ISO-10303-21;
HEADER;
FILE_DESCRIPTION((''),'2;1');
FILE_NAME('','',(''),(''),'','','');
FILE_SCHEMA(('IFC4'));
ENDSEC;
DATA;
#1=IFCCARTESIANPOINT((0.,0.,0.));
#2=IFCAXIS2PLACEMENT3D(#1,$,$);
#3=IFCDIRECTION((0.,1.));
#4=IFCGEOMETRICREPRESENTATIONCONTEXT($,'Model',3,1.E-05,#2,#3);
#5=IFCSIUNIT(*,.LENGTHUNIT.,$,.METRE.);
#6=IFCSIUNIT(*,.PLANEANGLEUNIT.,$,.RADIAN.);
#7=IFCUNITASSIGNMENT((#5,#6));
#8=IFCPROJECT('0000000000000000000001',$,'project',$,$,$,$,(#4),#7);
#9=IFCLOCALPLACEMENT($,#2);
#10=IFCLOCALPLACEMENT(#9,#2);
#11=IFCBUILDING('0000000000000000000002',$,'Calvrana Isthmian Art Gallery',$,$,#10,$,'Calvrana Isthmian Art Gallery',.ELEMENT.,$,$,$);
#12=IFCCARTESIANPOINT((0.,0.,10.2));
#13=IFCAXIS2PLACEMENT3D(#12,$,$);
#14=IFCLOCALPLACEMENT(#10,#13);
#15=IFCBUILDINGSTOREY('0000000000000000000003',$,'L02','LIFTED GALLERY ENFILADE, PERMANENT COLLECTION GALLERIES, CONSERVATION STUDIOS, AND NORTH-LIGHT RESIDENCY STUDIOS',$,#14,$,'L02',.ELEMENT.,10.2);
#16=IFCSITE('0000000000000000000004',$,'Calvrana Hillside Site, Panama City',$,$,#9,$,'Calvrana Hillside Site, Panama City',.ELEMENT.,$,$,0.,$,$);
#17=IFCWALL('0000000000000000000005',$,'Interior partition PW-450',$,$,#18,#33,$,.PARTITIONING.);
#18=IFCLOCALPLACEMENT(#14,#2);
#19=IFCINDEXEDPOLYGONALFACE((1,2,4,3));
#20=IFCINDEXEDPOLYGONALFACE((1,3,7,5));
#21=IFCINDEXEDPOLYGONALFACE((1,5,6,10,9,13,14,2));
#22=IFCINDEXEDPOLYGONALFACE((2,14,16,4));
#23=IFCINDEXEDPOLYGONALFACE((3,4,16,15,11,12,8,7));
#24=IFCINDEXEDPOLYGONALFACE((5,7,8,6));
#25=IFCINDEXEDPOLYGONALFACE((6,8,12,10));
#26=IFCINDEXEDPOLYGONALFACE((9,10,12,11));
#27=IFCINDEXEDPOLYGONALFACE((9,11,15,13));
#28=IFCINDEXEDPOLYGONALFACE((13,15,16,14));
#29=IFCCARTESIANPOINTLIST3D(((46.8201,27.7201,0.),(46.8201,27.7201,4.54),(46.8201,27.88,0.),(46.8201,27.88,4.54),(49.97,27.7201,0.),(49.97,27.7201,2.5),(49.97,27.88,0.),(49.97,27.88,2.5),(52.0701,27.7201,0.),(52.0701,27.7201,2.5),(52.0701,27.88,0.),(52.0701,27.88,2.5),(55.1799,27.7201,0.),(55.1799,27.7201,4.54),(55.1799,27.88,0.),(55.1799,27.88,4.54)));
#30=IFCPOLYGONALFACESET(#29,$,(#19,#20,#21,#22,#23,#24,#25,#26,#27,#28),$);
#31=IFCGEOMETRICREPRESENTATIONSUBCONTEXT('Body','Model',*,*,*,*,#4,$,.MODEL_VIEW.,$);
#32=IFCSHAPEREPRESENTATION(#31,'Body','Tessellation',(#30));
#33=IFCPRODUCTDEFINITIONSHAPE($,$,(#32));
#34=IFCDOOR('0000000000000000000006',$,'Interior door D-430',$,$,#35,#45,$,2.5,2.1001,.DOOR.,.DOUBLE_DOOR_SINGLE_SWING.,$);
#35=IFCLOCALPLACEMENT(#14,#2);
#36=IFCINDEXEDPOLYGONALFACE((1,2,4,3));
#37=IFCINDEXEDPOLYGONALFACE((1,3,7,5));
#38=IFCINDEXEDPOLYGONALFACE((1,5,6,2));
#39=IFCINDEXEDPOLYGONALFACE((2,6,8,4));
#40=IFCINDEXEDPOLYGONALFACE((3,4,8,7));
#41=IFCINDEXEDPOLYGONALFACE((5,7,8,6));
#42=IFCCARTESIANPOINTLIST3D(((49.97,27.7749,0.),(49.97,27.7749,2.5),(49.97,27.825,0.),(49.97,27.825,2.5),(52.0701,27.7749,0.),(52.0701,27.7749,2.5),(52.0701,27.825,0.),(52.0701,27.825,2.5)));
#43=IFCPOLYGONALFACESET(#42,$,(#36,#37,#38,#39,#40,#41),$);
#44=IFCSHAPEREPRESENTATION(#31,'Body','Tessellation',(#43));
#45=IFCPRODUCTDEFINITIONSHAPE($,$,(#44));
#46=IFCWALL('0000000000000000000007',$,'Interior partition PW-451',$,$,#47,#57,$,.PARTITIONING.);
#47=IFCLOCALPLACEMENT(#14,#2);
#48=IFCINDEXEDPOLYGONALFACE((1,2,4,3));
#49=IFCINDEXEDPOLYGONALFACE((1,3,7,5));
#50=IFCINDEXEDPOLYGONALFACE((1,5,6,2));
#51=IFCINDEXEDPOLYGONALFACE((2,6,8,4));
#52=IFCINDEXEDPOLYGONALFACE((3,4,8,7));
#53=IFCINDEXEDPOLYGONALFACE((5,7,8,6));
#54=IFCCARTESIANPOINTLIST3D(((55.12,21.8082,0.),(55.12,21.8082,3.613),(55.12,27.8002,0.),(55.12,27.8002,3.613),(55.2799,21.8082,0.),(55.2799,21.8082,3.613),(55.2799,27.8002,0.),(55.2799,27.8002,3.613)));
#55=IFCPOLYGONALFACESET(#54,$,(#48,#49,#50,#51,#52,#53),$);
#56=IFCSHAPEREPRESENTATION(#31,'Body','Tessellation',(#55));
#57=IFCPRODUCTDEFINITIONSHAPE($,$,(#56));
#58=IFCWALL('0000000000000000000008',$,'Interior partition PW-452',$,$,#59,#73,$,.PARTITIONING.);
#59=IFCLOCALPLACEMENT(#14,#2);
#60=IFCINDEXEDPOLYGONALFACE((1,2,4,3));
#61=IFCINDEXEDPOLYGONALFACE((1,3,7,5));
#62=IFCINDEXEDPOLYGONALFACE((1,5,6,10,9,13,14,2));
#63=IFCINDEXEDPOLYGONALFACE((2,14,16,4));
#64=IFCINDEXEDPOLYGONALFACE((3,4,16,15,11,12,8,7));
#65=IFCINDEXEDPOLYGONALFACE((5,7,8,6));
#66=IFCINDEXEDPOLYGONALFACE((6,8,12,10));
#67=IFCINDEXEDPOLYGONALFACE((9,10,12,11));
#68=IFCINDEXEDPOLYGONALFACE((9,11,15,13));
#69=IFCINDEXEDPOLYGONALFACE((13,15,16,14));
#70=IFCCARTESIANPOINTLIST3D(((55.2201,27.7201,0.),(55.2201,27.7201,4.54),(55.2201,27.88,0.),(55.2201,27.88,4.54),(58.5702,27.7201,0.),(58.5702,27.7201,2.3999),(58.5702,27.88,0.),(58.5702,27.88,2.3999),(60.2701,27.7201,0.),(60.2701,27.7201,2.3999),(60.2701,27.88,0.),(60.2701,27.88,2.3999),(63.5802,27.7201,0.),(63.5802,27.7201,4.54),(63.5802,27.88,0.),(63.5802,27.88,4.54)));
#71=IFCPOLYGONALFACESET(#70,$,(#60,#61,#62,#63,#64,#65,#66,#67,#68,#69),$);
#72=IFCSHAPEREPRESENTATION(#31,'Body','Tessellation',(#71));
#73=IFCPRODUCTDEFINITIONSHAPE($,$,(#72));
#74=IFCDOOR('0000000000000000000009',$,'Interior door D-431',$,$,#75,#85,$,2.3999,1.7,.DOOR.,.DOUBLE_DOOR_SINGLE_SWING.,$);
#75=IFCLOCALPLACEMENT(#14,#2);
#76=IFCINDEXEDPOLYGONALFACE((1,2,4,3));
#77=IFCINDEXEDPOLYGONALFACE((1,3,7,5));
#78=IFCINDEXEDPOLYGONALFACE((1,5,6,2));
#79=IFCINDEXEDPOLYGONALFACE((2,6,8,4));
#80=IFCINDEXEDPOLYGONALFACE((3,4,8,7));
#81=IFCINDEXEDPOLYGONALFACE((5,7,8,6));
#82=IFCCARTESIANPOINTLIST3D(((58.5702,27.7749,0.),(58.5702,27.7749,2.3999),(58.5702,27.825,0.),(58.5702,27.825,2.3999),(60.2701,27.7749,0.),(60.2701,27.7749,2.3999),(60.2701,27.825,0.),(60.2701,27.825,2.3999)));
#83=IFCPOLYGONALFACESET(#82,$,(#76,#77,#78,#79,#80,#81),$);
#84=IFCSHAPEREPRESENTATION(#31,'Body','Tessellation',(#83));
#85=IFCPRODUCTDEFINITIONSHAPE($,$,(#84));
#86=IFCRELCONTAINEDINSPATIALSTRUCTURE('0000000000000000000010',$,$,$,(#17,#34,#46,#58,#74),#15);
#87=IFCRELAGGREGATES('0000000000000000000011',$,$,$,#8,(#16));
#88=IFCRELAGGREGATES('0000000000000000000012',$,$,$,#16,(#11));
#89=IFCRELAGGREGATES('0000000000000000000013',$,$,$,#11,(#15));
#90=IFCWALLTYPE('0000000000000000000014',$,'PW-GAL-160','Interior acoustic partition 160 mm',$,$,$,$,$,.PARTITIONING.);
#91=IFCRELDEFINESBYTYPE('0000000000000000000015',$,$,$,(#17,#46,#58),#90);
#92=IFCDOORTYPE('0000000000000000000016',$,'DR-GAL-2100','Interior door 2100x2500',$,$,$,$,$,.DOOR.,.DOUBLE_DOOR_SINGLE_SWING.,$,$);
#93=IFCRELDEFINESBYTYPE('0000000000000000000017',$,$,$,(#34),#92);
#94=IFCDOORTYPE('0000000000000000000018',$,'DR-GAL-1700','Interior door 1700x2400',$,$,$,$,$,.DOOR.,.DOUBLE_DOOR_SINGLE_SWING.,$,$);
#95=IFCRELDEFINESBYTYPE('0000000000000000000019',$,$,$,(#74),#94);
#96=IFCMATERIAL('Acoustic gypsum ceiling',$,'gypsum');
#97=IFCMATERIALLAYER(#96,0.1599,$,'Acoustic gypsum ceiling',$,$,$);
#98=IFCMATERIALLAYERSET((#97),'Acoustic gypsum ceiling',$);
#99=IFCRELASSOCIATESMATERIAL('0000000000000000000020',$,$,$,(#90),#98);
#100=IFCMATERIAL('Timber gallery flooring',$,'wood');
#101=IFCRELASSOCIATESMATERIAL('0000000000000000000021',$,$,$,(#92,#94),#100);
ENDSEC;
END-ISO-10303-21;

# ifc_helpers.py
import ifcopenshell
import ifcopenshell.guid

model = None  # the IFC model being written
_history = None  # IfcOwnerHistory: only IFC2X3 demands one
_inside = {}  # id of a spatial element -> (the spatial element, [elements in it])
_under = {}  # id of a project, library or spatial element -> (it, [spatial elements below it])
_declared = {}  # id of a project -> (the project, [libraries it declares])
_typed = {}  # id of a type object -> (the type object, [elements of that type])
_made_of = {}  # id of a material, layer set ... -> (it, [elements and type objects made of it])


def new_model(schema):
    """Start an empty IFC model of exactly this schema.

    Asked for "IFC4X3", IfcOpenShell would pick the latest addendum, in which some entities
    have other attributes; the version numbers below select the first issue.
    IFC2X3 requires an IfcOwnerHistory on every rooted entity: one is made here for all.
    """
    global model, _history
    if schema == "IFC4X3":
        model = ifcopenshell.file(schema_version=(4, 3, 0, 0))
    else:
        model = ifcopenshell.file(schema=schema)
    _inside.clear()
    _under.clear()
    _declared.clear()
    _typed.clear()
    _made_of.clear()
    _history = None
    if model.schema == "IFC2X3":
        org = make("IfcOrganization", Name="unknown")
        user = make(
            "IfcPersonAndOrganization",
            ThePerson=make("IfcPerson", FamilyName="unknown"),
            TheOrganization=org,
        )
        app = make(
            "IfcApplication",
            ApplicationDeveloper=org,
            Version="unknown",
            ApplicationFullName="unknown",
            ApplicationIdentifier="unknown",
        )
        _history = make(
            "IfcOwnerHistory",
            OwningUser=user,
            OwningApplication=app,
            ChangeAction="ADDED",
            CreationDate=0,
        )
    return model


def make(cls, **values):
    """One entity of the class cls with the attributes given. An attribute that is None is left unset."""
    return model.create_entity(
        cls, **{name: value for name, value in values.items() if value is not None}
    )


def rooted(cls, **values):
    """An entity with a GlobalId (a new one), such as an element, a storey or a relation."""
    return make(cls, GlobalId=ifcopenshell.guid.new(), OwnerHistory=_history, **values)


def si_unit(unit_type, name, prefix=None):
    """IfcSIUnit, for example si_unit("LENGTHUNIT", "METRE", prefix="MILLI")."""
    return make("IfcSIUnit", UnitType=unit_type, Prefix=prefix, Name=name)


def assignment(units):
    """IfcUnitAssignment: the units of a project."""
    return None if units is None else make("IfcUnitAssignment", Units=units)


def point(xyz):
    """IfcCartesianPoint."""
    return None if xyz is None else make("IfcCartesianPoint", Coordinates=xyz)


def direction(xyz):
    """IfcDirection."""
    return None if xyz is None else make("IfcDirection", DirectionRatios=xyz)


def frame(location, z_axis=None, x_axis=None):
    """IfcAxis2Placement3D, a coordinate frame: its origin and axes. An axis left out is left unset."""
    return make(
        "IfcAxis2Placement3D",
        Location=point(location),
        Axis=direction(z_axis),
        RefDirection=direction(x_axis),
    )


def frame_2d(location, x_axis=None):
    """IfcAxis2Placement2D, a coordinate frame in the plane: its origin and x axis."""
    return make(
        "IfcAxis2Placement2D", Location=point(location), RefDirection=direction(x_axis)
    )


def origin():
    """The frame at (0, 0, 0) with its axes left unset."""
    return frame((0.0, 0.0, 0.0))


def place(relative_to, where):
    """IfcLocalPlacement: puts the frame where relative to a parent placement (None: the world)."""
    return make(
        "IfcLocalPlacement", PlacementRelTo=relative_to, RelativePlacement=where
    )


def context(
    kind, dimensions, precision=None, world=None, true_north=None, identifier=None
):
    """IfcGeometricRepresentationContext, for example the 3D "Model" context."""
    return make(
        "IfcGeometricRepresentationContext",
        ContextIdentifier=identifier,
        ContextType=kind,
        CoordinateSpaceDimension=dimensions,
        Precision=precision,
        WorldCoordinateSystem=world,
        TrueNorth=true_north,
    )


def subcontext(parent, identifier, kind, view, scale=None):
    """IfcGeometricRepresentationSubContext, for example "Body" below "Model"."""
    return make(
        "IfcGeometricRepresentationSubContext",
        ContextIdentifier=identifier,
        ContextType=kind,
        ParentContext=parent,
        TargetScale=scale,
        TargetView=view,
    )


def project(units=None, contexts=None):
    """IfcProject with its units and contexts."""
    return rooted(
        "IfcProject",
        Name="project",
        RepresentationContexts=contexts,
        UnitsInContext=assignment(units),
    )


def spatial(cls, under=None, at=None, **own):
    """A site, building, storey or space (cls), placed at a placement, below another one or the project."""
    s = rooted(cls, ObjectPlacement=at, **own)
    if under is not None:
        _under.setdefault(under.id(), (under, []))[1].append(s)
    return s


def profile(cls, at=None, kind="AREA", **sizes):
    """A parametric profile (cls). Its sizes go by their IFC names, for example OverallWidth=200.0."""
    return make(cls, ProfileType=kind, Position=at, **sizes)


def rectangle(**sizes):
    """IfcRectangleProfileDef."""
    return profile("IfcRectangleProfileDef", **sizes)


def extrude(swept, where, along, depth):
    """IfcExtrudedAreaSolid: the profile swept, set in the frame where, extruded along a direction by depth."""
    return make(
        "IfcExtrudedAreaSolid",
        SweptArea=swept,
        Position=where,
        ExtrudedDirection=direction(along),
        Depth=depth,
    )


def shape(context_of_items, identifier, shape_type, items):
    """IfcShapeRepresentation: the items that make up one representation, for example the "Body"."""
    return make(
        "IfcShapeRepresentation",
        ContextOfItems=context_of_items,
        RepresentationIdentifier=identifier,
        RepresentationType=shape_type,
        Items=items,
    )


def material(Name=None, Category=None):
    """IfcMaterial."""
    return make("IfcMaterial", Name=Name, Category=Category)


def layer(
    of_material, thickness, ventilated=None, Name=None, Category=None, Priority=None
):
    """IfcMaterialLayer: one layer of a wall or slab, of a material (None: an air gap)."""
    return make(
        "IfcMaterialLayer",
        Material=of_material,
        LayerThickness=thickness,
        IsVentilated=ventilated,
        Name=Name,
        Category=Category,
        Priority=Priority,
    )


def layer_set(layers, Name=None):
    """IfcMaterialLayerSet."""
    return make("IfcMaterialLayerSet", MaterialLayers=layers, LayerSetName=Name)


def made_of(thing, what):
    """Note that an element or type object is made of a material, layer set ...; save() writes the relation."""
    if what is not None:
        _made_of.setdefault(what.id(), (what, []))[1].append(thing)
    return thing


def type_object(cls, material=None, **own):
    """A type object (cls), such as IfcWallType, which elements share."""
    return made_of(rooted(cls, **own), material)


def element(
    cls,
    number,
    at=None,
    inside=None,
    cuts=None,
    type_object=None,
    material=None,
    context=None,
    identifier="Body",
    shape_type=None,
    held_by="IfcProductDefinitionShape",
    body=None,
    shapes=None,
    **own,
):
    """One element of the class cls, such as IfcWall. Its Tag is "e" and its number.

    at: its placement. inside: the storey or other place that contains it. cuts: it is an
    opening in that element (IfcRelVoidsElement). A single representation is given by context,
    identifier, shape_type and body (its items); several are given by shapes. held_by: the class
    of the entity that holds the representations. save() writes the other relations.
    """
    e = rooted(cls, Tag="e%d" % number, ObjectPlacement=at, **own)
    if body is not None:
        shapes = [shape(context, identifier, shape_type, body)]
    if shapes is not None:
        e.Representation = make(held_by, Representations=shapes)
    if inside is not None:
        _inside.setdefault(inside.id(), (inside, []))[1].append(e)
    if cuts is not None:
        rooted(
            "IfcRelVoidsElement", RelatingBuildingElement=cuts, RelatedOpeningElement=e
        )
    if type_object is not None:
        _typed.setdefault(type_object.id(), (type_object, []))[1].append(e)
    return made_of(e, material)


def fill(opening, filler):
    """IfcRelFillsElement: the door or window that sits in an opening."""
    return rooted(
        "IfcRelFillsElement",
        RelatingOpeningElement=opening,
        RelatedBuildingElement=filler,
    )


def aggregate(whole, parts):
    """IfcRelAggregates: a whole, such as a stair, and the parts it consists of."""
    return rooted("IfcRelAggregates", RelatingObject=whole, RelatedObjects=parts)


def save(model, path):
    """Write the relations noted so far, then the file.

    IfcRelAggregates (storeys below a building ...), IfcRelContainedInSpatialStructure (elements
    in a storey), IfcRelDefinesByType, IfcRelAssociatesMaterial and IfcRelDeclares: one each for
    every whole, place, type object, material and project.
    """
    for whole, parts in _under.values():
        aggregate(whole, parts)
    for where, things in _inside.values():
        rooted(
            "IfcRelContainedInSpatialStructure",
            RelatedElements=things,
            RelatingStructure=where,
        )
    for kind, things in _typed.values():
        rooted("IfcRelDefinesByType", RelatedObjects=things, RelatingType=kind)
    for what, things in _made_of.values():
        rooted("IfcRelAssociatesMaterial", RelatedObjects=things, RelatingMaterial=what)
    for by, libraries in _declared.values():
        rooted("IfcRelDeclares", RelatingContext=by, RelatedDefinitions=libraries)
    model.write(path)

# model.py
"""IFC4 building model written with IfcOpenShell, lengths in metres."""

from ifc_helpers import new_model, si_unit, direction, frame, frame_2d, origin, place, context, subcontext, project, spatial, rectangle, extrude, material, layer, layer_set, type_object, element, fill, save


model = new_model("IFC4")

# Units and contexts
model_context = context("Model", 3, precision=1e-05, world=origin(), true_north=direction((0.0, 1.0)))
body_context = subcontext(model_context, "Body", "Model", "MODEL_VIEW")
ifc_project = project(units=[si_unit("LENGTHUNIT", "METRE"), si_unit("PLANEANGLEUNIT", "RADIAN")], contexts=[model_context])

# Site, building, storey
site_placement = place(None, origin())
site = spatial("IfcSite", under=ifc_project, at=site_placement, Name="Calvrana Hillside Site, Panama City", LongName="Calvrana Hillside Site, Panama City", CompositionType="ELEMENT", RefElevation=0.0)
building_placement = place(site_placement, origin())
building = spatial("IfcBuilding", under=site, at=building_placement, Name="Calvrana Isthmian Art Gallery", LongName="Calvrana Isthmian Art Gallery", CompositionType="ELEMENT")
storey_placement = place(building_placement, frame((0.0, 0.0, 10.2)))
storey = spatial("IfcBuildingStorey", under=building, at=storey_placement, Name="L02", Description="LIFTED GALLERY ENFILADE, PERMANENT COLLECTION GALLERIES, CONSERVATION STUDIOS, AND NORTH-LIGHT RESIDENCY STUDIOS", LongName="L02", CompositionType="ELEMENT", Elevation=10.2)

# Shared definitions
ifc_material_1 = material(Name="Acoustic gypsum ceiling", Category="gypsum")
ifc_layer_1 = layer(ifc_material_1, 0.1599, Name="Acoustic gypsum ceiling")
ifc_layer_set_1 = layer_set([ifc_layer_1], Name="Acoustic gypsum ceiling")
wall_type = type_object("IfcWallType", Name="PW-GAL-160", Description="Interior acoustic partition 160 mm", PredefinedType="PARTITIONING", material=ifc_layer_set_1)

# Wall, opening, door
wall_1_placement = place(storey_placement, frame((46.8201, 27.8, 0.0), z_axis=(0.0, 0.0, 1.0), x_axis=(1.0, 0.0, 0.0)))
wall_1 = element("IfcWall", 1, at=wall_1_placement, inside=storey, type_object=wall_type, Name="Interior partition PW-450", PredefinedType="PARTITIONING", context=body_context, shape_type="SweptSolid", body=[
    extrude(rectangle(XDim=8.3599, YDim=0.1599, at=frame_2d((4.1799, 0.0))), origin(), (0.0, 0.0, 1.0), 4.54),
])
opening_1_placement = place(wall_1_placement, frame((3.1499, 0.0, 0.0)))
opening_1 = element("IfcOpeningElement", 2, at=opening_1_placement, cuts=wall_1, PredefinedType="OPENING", context=body_context, shape_type="SweptSolid", body=[
    extrude(rectangle(XDim=2.1001, YDim=2.5, at=frame_2d((1.05, 1.25))), frame((0.0, 0.0903, 0.0), z_axis=(0.0, -1.0, 0.0), x_axis=(1.0, 0.0, 0.0)), (0.0, 0.0, 1.0), 0.1804),
])
ifc_material_2 = material(Name="Timber gallery flooring", Category="wood")
door_type_1 = type_object("IfcDoorType", Name="DR-GAL-2100", Description="Interior door 2100x2500", OperationType="DOUBLE_DOOR_SINGLE_SWING", PredefinedType="DOOR", material=ifc_material_2)
door_1_placement = place(opening_1_placement, origin())
door_1 = element("IfcDoor", 3, at=door_1_placement, inside=storey, type_object=door_type_1, Name="Interior door D-430", OperationType="DOUBLE_DOOR_SINGLE_SWING", OverallHeight=2.5, OverallWidth=2.1001, PredefinedType="DOOR", context=body_context, shape_type="SweptSolid", body=[
    extrude(rectangle(XDim=2.1001, YDim=2.5, at=frame_2d((1.05, 1.25))), frame((0.0, 0.0249, 0.0), z_axis=(0.0, -1.0, 0.0), x_axis=(1.0, 0.0, 0.0)), (0.0, 0.0, 1.0), 0.05),
])
fill(opening_1, door_1)

# Wall
wall_2_placement = place(storey_placement, frame((55.2, 21.8081, 0.0), z_axis=(0.0, 0.0, 1.0), x_axis=(0.0, 1.0, 0.0)))
element("IfcWall", 4, at=wall_2_placement, inside=storey, type_object=wall_type, Name="Interior partition PW-451", PredefinedType="PARTITIONING", context=body_context, shape_type="SweptSolid", body=[
    extrude(rectangle(XDim=5.9919, YDim=0.1599, at=frame_2d((2.9961, 0.0))), origin(), (0.0, 0.0, 1.0), 3.613),
])

# Wall, opening, door
wall_3_placement = place(storey_placement, frame((55.22, 27.8, 0.0), z_axis=(0.0, 0.0, 1.0), x_axis=(1.0, 0.0, 0.0)))
wall_3 = element("IfcWall", 5, at=wall_3_placement, inside=storey, type_object=wall_type, Name="Interior partition PW-452", PredefinedType="PARTITIONING", context=body_context, shape_type="SweptSolid", body=[
    extrude(rectangle(XDim=8.3601, YDim=0.1599, at=frame_2d((4.1802, 0.0))), origin(), (0.0, 0.0, 1.0), 4.54),
])
opening_2_placement = place(wall_3_placement, frame((3.3501, 0.0, 0.0)))
opening_2 = element("IfcOpeningElement", 6, at=opening_2_placement, cuts=wall_3, PredefinedType="OPENING", context=body_context, shape_type="SweptSolid", body=[
    extrude(rectangle(XDim=1.7, YDim=2.3999, at=frame_2d((0.8501, 1.2))), frame((0.0, 0.0903, 0.0), z_axis=(0.0, -1.0, 0.0), x_axis=(1.0, 0.0, 0.0)), (0.0, 0.0, 1.0), 0.1804),
])
door_type_2 = type_object("IfcDoorType", Name="DR-GAL-1700", Description="Interior door 1700x2400", OperationType="DOUBLE_DOOR_SINGLE_SWING", PredefinedType="DOOR", material=ifc_material_2)
door_2_placement = place(opening_2_placement, origin())
door_2 = element("IfcDoor", 7, at=door_2_placement, inside=storey, type_object=door_type_2, Name="Interior door D-431", OperationType="DOUBLE_DOOR_SINGLE_SWING", OverallHeight=2.3999, OverallWidth=1.7, PredefinedType="DOOR", context=body_context, shape_type="SweptSolid", body=[
    extrude(rectangle(XDim=1.7, YDim=2.3999, at=frame_2d((0.8501, 1.2))), frame((0.0, 0.0249, 0.0), z_axis=(0.0, -1.0, 0.0), x_axis=(1.0, 0.0, 0.0)), (0.0, 0.0, 1.0), 0.05),
])
fill(opening_2, door_2)

save(model, "model.ifc")
